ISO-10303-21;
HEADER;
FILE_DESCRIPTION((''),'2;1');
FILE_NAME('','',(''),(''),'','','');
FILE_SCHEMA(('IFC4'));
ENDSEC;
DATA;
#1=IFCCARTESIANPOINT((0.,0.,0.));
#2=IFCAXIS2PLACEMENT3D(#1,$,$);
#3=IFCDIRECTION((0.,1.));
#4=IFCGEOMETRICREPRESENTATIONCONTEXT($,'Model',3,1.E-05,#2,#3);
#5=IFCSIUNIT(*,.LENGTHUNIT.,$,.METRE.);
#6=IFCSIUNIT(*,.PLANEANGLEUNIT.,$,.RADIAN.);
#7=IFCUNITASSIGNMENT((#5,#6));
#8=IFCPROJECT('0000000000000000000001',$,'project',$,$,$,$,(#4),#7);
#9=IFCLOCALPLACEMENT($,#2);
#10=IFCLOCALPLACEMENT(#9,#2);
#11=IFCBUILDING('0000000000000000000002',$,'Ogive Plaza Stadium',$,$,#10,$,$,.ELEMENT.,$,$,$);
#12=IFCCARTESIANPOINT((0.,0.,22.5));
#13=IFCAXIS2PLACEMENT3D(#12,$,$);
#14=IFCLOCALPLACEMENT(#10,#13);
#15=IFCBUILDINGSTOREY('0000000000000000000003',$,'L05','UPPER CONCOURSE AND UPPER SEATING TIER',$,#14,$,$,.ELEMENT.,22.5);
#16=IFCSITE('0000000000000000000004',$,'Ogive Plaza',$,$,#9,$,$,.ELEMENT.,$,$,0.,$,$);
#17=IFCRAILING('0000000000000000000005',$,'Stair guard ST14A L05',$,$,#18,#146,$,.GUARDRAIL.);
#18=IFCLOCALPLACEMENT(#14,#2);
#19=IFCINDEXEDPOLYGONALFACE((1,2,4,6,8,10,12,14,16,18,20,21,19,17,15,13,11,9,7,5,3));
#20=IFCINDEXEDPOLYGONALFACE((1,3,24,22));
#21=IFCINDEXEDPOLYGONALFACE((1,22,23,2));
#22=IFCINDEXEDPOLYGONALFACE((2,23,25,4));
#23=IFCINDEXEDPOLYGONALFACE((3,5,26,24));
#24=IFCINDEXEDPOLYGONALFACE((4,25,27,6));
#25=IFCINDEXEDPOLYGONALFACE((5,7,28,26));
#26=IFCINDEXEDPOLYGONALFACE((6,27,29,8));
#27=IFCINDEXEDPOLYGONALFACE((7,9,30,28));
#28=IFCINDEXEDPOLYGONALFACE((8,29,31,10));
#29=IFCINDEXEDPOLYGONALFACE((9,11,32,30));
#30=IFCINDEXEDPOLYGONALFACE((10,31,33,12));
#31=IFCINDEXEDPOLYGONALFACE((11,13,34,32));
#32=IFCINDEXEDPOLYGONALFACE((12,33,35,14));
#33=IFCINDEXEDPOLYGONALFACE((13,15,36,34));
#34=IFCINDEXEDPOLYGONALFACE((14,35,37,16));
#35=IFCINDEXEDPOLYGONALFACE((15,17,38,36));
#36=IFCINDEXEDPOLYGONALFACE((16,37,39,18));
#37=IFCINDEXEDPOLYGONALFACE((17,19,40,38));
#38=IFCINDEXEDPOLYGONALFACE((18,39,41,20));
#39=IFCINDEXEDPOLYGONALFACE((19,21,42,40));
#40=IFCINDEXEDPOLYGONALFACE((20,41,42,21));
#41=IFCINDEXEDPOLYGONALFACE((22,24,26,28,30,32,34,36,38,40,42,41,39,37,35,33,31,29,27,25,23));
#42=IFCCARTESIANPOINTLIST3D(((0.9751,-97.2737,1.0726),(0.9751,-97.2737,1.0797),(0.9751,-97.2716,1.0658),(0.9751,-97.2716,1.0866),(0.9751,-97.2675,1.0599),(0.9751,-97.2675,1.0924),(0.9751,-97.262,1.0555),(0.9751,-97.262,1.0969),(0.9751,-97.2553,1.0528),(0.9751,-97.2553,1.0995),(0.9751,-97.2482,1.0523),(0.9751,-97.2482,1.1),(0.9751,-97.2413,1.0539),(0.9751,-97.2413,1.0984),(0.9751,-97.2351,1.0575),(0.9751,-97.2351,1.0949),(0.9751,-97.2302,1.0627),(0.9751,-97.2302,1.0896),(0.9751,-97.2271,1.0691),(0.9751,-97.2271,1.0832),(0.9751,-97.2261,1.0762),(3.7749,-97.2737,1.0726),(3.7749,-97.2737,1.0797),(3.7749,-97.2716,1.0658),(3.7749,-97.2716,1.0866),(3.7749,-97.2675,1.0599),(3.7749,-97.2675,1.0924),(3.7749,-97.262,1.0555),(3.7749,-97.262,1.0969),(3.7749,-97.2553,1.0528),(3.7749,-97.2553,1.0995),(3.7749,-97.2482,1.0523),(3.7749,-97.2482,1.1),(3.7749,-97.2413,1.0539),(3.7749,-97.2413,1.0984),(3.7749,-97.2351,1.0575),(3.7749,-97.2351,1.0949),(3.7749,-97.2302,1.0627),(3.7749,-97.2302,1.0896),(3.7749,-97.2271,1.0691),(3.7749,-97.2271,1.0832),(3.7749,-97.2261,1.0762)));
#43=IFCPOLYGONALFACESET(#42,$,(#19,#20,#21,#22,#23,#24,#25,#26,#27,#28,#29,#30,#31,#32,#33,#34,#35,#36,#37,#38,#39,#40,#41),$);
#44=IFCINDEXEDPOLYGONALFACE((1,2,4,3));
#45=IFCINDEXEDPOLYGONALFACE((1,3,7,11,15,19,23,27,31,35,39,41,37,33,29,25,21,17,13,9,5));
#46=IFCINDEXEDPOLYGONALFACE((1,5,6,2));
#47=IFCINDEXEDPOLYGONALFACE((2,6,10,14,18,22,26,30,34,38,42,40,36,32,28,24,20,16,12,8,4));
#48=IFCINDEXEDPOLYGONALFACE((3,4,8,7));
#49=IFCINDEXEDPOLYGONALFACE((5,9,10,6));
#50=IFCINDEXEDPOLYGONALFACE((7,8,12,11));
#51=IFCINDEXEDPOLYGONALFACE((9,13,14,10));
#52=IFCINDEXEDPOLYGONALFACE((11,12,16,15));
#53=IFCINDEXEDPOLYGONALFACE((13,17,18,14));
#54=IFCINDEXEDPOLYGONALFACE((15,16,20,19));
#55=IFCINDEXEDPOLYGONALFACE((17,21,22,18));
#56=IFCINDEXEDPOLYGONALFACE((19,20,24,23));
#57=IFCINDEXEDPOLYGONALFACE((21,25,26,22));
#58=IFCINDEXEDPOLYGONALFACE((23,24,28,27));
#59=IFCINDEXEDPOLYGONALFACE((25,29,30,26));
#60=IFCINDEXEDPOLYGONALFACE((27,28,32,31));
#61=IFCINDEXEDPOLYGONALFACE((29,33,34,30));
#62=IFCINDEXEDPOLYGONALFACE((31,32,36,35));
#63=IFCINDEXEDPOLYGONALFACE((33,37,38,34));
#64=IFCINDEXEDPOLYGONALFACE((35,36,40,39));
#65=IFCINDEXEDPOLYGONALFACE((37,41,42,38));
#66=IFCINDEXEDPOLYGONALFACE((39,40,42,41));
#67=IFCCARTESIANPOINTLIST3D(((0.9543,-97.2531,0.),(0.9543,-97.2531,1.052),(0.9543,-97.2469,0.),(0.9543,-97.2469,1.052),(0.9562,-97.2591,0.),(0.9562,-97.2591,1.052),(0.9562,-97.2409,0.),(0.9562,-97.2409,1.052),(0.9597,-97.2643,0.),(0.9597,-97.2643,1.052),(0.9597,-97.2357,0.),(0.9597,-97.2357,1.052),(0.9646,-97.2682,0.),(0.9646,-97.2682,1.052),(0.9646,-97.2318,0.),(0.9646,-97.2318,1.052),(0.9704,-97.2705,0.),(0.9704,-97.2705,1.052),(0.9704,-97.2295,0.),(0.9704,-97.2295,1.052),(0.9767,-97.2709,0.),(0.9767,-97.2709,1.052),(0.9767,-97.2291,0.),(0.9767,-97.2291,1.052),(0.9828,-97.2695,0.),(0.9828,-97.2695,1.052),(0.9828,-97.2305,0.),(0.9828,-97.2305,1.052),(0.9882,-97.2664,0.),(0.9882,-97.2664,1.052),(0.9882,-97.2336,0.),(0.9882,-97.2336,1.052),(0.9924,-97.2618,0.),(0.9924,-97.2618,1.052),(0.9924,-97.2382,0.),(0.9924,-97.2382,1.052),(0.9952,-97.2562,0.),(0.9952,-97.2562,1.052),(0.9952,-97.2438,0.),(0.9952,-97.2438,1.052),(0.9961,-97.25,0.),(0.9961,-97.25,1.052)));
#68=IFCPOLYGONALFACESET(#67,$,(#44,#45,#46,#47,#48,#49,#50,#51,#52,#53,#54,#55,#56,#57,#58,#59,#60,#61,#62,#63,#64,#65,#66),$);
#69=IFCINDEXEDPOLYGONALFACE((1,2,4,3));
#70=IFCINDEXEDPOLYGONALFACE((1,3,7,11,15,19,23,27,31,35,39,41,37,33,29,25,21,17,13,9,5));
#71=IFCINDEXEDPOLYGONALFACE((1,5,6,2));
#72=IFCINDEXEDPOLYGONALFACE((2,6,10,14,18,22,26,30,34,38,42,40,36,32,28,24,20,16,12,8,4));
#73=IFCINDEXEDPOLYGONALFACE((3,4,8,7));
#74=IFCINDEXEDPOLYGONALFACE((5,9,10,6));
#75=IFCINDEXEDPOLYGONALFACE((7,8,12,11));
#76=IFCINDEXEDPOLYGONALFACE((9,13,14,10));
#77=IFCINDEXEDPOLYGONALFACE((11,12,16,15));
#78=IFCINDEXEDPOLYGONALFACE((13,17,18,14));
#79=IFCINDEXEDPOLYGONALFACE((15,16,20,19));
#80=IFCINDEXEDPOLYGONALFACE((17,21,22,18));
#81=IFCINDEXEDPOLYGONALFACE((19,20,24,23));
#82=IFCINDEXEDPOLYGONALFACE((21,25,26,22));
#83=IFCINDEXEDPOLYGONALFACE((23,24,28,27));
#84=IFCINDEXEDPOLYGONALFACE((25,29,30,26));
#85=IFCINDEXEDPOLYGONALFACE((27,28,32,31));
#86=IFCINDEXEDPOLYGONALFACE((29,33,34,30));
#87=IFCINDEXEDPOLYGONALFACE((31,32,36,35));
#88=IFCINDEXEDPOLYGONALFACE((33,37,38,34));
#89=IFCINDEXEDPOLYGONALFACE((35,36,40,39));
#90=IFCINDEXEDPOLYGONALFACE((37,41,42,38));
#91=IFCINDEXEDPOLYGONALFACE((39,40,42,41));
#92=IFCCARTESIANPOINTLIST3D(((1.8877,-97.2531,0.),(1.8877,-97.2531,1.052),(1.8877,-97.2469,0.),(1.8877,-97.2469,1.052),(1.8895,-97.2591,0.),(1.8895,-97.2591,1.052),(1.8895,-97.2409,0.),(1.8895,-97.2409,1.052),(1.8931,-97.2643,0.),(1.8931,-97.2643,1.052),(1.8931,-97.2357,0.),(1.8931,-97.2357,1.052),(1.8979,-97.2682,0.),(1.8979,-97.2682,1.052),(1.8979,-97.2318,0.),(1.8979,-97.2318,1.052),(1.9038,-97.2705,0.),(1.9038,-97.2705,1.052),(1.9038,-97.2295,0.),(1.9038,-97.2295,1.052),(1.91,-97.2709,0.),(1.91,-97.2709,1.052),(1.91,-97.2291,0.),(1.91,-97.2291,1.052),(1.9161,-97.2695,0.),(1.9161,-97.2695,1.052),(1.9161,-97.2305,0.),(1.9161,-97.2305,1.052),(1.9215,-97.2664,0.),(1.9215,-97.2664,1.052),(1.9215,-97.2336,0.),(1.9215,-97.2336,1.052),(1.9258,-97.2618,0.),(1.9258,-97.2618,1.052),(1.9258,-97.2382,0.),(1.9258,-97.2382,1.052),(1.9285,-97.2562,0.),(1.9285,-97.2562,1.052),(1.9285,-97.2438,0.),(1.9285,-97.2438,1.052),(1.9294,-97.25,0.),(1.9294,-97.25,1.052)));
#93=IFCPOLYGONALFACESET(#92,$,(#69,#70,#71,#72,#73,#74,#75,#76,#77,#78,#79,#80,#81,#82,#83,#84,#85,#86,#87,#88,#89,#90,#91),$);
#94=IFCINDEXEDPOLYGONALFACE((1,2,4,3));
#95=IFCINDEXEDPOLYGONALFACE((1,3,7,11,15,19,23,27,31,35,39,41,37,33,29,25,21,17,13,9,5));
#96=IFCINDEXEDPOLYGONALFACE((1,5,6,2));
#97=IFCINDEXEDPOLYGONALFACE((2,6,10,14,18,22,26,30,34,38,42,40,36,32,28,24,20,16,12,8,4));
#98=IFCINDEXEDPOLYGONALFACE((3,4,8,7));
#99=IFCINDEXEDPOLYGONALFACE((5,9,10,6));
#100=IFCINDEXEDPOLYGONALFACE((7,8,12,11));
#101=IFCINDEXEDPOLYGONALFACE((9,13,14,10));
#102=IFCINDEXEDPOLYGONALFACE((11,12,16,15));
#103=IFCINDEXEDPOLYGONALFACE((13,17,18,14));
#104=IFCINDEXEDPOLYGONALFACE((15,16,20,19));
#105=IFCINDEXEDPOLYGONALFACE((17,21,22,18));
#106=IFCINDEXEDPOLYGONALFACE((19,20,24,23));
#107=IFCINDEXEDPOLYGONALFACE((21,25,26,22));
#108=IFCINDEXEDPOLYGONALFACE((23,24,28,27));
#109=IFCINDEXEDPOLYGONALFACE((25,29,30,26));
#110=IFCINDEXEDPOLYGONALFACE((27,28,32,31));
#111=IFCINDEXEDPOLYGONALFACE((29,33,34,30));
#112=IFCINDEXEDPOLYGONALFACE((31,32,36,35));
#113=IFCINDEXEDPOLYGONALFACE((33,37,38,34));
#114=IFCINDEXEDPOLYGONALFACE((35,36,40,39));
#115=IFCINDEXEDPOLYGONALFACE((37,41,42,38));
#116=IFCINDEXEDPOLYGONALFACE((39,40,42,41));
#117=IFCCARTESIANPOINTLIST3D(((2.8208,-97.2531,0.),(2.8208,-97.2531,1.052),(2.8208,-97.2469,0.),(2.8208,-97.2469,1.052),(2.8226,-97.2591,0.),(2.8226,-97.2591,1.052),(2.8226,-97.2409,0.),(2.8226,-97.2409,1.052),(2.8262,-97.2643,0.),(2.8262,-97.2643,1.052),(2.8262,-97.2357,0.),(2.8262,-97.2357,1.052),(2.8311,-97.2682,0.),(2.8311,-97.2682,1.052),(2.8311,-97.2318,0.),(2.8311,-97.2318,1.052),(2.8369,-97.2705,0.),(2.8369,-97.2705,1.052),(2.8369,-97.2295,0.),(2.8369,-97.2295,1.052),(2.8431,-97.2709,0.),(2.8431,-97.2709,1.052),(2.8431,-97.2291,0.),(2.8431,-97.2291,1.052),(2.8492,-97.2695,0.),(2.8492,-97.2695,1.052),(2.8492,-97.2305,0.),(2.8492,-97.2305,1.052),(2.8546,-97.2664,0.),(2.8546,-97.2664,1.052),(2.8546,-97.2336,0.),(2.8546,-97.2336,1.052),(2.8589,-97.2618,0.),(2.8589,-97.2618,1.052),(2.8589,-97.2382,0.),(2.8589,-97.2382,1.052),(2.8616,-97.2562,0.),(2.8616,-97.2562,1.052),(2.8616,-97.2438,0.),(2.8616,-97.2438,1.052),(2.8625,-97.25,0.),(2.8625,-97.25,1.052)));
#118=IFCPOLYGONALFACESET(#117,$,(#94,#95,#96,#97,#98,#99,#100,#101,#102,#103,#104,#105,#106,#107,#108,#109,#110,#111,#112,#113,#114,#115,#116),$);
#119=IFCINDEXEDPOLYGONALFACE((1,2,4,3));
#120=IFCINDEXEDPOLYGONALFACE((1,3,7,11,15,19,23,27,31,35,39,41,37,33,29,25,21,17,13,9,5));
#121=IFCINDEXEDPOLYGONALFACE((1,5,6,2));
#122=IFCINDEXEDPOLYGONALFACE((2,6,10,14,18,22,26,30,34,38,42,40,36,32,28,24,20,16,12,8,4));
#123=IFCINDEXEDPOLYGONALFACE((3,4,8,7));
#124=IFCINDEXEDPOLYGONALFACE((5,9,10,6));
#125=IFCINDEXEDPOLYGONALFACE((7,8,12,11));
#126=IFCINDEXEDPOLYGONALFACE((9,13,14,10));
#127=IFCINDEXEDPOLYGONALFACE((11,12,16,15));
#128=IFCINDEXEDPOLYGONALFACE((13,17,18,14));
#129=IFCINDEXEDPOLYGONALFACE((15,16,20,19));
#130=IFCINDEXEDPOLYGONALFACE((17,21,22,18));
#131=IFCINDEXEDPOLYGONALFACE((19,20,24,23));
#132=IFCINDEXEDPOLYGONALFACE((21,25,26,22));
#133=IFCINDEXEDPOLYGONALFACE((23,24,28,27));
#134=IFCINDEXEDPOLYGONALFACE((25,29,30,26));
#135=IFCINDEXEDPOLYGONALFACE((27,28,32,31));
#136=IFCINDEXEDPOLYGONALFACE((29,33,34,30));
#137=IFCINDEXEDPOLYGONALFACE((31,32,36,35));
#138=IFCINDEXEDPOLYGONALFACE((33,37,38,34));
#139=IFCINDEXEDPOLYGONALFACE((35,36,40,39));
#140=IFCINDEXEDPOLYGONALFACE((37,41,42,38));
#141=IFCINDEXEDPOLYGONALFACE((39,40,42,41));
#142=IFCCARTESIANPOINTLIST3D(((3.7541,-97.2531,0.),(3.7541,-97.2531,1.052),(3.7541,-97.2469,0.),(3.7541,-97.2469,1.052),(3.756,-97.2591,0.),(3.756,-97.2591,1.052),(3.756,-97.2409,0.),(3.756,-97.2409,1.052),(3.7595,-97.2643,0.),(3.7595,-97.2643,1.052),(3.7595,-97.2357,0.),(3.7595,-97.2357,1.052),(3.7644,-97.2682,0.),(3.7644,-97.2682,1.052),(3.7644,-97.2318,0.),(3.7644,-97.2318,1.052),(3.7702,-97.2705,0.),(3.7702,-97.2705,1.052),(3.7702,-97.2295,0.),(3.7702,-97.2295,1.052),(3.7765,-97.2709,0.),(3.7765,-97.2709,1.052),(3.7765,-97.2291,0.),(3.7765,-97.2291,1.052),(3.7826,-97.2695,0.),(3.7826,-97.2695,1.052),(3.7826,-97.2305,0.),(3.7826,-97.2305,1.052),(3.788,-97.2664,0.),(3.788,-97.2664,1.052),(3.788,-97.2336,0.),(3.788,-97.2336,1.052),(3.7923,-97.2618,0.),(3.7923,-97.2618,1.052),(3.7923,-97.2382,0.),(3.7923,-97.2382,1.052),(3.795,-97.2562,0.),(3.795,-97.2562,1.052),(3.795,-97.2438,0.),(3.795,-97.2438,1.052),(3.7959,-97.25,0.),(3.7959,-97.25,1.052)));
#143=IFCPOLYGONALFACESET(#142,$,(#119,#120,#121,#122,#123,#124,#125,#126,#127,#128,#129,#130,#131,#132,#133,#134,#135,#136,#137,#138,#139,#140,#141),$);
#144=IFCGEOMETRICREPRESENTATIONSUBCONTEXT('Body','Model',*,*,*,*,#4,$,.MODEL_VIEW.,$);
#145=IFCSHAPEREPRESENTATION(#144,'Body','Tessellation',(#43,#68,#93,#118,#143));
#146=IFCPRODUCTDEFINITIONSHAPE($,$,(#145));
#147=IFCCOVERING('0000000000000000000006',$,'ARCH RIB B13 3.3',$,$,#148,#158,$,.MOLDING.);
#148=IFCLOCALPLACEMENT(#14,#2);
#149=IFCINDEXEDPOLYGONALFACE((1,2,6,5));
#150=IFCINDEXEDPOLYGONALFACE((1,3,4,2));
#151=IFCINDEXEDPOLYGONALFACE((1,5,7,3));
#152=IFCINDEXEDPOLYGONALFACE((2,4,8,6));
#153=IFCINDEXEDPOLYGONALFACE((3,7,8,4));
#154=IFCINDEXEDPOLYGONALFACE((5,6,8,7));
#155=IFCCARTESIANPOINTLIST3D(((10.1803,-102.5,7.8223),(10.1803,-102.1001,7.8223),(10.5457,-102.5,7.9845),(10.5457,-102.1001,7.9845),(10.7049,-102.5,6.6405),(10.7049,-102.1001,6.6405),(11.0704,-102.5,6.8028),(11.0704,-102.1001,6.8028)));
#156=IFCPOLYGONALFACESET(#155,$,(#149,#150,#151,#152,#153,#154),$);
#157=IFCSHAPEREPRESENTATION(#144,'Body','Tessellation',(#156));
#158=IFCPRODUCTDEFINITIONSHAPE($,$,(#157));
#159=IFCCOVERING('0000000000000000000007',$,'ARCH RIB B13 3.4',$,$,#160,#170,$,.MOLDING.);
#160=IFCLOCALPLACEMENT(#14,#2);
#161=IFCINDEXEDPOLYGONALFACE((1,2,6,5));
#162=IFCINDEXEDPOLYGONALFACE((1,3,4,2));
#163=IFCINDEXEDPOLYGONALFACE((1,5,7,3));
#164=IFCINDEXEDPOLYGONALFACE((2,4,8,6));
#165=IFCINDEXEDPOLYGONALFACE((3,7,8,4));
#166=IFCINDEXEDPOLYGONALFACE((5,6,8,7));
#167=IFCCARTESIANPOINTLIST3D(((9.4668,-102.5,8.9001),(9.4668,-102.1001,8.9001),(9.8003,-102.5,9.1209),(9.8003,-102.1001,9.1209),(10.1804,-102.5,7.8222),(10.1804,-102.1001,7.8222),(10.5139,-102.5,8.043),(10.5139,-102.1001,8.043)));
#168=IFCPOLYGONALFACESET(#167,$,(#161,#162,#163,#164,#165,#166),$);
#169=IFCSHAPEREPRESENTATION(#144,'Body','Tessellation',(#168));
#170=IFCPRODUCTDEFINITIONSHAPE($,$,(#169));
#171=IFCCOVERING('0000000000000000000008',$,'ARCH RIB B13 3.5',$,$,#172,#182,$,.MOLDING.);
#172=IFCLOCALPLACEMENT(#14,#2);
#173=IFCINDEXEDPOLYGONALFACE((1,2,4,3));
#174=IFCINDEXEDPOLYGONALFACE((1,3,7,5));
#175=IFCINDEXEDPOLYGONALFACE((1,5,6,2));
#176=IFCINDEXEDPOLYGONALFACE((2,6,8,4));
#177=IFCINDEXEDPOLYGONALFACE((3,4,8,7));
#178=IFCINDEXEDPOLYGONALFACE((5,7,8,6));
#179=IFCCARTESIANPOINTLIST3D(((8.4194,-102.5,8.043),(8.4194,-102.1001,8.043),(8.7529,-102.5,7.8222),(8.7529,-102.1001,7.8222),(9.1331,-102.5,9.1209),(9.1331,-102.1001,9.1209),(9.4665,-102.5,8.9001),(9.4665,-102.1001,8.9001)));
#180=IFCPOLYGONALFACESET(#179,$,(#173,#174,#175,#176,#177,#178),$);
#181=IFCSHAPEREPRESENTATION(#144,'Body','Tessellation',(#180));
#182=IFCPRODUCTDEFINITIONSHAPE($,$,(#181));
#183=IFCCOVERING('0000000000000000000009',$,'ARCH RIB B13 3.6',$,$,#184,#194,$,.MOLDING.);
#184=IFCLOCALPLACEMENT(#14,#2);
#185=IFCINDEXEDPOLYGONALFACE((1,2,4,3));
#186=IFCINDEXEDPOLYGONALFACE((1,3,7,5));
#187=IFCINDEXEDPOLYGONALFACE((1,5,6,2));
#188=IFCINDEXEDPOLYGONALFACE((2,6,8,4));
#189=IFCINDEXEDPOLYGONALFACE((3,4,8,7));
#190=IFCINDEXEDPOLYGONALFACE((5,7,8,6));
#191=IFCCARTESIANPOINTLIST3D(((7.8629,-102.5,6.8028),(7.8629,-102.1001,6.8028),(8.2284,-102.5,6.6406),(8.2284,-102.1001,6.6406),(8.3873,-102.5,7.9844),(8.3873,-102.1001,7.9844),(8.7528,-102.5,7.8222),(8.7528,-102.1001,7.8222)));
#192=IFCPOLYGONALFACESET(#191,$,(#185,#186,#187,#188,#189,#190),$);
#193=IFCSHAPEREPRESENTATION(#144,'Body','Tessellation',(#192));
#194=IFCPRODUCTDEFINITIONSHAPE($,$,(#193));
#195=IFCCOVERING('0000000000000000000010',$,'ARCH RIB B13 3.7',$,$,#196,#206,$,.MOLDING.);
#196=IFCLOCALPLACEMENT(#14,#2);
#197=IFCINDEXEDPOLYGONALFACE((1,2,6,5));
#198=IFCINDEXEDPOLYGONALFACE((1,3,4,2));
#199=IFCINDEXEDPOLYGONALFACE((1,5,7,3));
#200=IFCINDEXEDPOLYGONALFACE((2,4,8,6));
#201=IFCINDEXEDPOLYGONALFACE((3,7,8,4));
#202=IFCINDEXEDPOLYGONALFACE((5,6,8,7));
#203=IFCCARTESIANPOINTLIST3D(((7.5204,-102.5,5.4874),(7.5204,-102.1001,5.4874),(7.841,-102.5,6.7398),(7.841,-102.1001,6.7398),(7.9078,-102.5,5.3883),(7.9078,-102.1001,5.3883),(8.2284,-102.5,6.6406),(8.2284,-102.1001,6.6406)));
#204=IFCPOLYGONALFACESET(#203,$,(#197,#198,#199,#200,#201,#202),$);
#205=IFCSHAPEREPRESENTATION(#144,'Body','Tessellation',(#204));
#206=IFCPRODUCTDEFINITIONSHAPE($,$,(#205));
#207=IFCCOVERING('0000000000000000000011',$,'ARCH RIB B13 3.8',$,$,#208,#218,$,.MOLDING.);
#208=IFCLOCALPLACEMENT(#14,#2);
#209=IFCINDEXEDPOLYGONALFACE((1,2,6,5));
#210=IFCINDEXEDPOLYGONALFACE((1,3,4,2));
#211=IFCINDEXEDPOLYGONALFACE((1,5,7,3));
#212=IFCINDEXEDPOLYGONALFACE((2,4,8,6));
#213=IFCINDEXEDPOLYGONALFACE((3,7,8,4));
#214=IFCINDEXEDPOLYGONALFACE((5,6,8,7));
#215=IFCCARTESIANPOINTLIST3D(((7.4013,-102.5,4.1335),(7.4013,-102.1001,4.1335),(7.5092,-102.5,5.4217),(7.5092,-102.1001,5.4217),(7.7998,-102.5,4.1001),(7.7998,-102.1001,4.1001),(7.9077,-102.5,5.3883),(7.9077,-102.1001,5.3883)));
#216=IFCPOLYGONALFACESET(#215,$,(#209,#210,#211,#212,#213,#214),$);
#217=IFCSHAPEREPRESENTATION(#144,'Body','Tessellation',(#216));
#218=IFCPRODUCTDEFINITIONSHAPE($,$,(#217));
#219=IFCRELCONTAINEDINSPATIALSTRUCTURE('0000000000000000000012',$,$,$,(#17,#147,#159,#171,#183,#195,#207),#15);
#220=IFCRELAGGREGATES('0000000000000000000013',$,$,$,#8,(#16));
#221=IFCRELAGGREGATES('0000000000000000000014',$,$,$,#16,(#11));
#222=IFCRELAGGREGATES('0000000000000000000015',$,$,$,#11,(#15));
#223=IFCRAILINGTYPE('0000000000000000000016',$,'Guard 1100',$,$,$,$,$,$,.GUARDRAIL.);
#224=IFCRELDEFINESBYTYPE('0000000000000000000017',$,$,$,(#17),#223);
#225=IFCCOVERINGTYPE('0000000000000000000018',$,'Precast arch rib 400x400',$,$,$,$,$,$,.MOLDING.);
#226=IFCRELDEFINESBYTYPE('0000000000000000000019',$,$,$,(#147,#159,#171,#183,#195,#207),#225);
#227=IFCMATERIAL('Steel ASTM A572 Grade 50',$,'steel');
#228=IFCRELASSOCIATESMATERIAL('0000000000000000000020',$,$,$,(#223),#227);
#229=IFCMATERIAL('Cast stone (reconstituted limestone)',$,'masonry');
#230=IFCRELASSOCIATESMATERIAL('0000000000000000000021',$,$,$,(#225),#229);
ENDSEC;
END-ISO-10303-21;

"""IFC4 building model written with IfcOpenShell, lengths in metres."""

from ifc_helpers import new_model, si_unit, direction, frame, origin, origin_2d, place, context, subcontext, project, spatial, rectangle, circle, extrude, material, material_profile, profile_set, type_object, element, save


model = new_model("IFC4")

# Units and contexts
model_context = context("Model", 3, precision=1e-05, world=origin(), true_north=direction((0.0, 1.0)))
body_context = subcontext(model_context, "Body", "Model", "MODEL_VIEW")
ifc_project = project(units=[si_unit("LENGTHUNIT", "METRE"), si_unit("PLANEANGLEUNIT", "RADIAN")], contexts=[model_context])

# Site, building, storey
site_placement = place(None, origin())
site = spatial("IfcSite", under=ifc_project, at=site_placement, Name="Ogive Plaza", CompositionType="ELEMENT", RefElevation=0.0)
building_placement = place(site_placement, origin())
building = spatial("IfcBuilding", under=site, at=building_placement, Name="Ogive Plaza Stadium", CompositionType="ELEMENT")
storey_placement = place(building_placement, frame((0.0, 0.0, 22.5)))
storey = spatial("IfcBuildingStorey", under=building, at=storey_placement, Name="L05", Description="UPPER CONCOURSE AND UPPER SEATING TIER", CompositionType="ELEMENT", Elevation=22.5)

# Railing
ifc_material_1 = material(Name="Steel ASTM A572 Grade 50", Category="steel")
railing_type = type_object("IfcRailingType", Name="Guard 1100", PredefinedType="GUARDRAIL", material=ifc_material_1)
railing_placement = place(storey_placement, frame((0.9751, -97.25, 0.0)))
element("IfcRailing", 1, at=railing_placement, inside=storey, type_object=railing_type, Name="Stair guard ST14A L05", PredefinedType="GUARDRAIL", context=body_context, shape_type="SweptSolid", body=[
    extrude(circle(Radius=0.0239, at=origin_2d()), frame((0.0, 0.0, 1.0762), z_axis=(1.0, 0.0, 0.0), x_axis=(0.0, 1.0, 0.0)), (0.0, 0.0, 1.0), 2.7998),
    extrude(circle(Radius=0.021, at=origin_2d()), origin(), (0.0, 0.0, 1.0), 1.052),
    extrude(circle(Radius=0.021, at=origin_2d()), frame((0.9333, 0.0, 0.0)), (0.0, 0.0, 1.0), 1.052),
    extrude(circle(Radius=0.021, at=origin_2d()), frame((1.8665, 0.0, 0.0)), (0.0, 0.0, 1.0), 1.052),
    extrude(circle(Radius=0.021, at=origin_2d()), frame((2.7998, 0.0, 0.0)), (0.0, 0.0, 1.0), 1.052),
])

# Coverings
ifc_material_2 = material(Name="Cast stone (reconstituted limestone)", Category="masonry")
ifc_material_profile_1 = material_profile(ifc_material_2, rectangle(XDim=0.3999, YDim=0.3999, at=origin_2d()), Name="Cast stone 400x400")
ifc_profile_set_1 = profile_set([ifc_material_profile_1], Name="Cast stone (reconstituted limestone)")
covering_type_1 = type_object("IfcCoveringType", Name="Precast arch rib 400x400", PredefinedType="MOLDING", material=ifc_profile_set_1)
covering_1_placement = place(storey_placement, frame((10.8877, -102.3, 6.7217), z_axis=(-0.405806, 0.0, 0.913959), x_axis=(0.0, -1.0, 0.0)))
element("IfcCovering", 2, at=covering_1_placement, inside=storey, type_object=covering_type_1, Name="ARCH RIB B13 3.3", PredefinedType="MOLDING", context=body_context, shape_type="SweptSolid", body=[
    extrude(rectangle(XDim=0.3999, YDim=0.3999, at=origin_2d()), origin(), (0.0, 0.0, 1.0), 1.293),
])
for number, where, z_axis, x_axis, name in (
    (3, (10.3472, -102.3, 7.9326), (-0.552039, 0.0, 0.833818), (0.0, -1.0, 0.0), "ARCH RIB B13 3.4"),
    (4, (9.2998, -102.3, 9.0105), (-0.552039, 0.0, -0.833818), (0.0, -1.0, 0.0), "ARCH RIB B13 3.5"),
    (5, (8.5701, -102.3, 7.9033), (-0.405648, 0.0, -0.914029), (0.0, -1.0, 0.0), "ARCH RIB B13 3.6"),
    (6, (8.0347, -102.3, 6.6902), (-0.247953, 0.0, -0.968772), (0.0, -1.0, 0.0), "ARCH RIB B13 3.7"),
    (7, (7.7085, -102.3, 5.405), (-0.083467, 0.0, -0.996511), (0.0, -1.0, 0.0), "ARCH RIB B13 3.8"),
):
    element("IfcCovering", number, at=place(storey_placement, frame(where, z_axis=z_axis, x_axis=x_axis)), inside=storey, type_object=covering_type_1, Name=name, PredefinedType="MOLDING", context=body_context, shape_type="SweptSolid", body=[
        extrude(rectangle(XDim=0.3999, YDim=0.3999, at=origin_2d()), origin(), (0.0, 0.0, 1.0), 1.2927),
    ])

save(model, "model.ifc")
